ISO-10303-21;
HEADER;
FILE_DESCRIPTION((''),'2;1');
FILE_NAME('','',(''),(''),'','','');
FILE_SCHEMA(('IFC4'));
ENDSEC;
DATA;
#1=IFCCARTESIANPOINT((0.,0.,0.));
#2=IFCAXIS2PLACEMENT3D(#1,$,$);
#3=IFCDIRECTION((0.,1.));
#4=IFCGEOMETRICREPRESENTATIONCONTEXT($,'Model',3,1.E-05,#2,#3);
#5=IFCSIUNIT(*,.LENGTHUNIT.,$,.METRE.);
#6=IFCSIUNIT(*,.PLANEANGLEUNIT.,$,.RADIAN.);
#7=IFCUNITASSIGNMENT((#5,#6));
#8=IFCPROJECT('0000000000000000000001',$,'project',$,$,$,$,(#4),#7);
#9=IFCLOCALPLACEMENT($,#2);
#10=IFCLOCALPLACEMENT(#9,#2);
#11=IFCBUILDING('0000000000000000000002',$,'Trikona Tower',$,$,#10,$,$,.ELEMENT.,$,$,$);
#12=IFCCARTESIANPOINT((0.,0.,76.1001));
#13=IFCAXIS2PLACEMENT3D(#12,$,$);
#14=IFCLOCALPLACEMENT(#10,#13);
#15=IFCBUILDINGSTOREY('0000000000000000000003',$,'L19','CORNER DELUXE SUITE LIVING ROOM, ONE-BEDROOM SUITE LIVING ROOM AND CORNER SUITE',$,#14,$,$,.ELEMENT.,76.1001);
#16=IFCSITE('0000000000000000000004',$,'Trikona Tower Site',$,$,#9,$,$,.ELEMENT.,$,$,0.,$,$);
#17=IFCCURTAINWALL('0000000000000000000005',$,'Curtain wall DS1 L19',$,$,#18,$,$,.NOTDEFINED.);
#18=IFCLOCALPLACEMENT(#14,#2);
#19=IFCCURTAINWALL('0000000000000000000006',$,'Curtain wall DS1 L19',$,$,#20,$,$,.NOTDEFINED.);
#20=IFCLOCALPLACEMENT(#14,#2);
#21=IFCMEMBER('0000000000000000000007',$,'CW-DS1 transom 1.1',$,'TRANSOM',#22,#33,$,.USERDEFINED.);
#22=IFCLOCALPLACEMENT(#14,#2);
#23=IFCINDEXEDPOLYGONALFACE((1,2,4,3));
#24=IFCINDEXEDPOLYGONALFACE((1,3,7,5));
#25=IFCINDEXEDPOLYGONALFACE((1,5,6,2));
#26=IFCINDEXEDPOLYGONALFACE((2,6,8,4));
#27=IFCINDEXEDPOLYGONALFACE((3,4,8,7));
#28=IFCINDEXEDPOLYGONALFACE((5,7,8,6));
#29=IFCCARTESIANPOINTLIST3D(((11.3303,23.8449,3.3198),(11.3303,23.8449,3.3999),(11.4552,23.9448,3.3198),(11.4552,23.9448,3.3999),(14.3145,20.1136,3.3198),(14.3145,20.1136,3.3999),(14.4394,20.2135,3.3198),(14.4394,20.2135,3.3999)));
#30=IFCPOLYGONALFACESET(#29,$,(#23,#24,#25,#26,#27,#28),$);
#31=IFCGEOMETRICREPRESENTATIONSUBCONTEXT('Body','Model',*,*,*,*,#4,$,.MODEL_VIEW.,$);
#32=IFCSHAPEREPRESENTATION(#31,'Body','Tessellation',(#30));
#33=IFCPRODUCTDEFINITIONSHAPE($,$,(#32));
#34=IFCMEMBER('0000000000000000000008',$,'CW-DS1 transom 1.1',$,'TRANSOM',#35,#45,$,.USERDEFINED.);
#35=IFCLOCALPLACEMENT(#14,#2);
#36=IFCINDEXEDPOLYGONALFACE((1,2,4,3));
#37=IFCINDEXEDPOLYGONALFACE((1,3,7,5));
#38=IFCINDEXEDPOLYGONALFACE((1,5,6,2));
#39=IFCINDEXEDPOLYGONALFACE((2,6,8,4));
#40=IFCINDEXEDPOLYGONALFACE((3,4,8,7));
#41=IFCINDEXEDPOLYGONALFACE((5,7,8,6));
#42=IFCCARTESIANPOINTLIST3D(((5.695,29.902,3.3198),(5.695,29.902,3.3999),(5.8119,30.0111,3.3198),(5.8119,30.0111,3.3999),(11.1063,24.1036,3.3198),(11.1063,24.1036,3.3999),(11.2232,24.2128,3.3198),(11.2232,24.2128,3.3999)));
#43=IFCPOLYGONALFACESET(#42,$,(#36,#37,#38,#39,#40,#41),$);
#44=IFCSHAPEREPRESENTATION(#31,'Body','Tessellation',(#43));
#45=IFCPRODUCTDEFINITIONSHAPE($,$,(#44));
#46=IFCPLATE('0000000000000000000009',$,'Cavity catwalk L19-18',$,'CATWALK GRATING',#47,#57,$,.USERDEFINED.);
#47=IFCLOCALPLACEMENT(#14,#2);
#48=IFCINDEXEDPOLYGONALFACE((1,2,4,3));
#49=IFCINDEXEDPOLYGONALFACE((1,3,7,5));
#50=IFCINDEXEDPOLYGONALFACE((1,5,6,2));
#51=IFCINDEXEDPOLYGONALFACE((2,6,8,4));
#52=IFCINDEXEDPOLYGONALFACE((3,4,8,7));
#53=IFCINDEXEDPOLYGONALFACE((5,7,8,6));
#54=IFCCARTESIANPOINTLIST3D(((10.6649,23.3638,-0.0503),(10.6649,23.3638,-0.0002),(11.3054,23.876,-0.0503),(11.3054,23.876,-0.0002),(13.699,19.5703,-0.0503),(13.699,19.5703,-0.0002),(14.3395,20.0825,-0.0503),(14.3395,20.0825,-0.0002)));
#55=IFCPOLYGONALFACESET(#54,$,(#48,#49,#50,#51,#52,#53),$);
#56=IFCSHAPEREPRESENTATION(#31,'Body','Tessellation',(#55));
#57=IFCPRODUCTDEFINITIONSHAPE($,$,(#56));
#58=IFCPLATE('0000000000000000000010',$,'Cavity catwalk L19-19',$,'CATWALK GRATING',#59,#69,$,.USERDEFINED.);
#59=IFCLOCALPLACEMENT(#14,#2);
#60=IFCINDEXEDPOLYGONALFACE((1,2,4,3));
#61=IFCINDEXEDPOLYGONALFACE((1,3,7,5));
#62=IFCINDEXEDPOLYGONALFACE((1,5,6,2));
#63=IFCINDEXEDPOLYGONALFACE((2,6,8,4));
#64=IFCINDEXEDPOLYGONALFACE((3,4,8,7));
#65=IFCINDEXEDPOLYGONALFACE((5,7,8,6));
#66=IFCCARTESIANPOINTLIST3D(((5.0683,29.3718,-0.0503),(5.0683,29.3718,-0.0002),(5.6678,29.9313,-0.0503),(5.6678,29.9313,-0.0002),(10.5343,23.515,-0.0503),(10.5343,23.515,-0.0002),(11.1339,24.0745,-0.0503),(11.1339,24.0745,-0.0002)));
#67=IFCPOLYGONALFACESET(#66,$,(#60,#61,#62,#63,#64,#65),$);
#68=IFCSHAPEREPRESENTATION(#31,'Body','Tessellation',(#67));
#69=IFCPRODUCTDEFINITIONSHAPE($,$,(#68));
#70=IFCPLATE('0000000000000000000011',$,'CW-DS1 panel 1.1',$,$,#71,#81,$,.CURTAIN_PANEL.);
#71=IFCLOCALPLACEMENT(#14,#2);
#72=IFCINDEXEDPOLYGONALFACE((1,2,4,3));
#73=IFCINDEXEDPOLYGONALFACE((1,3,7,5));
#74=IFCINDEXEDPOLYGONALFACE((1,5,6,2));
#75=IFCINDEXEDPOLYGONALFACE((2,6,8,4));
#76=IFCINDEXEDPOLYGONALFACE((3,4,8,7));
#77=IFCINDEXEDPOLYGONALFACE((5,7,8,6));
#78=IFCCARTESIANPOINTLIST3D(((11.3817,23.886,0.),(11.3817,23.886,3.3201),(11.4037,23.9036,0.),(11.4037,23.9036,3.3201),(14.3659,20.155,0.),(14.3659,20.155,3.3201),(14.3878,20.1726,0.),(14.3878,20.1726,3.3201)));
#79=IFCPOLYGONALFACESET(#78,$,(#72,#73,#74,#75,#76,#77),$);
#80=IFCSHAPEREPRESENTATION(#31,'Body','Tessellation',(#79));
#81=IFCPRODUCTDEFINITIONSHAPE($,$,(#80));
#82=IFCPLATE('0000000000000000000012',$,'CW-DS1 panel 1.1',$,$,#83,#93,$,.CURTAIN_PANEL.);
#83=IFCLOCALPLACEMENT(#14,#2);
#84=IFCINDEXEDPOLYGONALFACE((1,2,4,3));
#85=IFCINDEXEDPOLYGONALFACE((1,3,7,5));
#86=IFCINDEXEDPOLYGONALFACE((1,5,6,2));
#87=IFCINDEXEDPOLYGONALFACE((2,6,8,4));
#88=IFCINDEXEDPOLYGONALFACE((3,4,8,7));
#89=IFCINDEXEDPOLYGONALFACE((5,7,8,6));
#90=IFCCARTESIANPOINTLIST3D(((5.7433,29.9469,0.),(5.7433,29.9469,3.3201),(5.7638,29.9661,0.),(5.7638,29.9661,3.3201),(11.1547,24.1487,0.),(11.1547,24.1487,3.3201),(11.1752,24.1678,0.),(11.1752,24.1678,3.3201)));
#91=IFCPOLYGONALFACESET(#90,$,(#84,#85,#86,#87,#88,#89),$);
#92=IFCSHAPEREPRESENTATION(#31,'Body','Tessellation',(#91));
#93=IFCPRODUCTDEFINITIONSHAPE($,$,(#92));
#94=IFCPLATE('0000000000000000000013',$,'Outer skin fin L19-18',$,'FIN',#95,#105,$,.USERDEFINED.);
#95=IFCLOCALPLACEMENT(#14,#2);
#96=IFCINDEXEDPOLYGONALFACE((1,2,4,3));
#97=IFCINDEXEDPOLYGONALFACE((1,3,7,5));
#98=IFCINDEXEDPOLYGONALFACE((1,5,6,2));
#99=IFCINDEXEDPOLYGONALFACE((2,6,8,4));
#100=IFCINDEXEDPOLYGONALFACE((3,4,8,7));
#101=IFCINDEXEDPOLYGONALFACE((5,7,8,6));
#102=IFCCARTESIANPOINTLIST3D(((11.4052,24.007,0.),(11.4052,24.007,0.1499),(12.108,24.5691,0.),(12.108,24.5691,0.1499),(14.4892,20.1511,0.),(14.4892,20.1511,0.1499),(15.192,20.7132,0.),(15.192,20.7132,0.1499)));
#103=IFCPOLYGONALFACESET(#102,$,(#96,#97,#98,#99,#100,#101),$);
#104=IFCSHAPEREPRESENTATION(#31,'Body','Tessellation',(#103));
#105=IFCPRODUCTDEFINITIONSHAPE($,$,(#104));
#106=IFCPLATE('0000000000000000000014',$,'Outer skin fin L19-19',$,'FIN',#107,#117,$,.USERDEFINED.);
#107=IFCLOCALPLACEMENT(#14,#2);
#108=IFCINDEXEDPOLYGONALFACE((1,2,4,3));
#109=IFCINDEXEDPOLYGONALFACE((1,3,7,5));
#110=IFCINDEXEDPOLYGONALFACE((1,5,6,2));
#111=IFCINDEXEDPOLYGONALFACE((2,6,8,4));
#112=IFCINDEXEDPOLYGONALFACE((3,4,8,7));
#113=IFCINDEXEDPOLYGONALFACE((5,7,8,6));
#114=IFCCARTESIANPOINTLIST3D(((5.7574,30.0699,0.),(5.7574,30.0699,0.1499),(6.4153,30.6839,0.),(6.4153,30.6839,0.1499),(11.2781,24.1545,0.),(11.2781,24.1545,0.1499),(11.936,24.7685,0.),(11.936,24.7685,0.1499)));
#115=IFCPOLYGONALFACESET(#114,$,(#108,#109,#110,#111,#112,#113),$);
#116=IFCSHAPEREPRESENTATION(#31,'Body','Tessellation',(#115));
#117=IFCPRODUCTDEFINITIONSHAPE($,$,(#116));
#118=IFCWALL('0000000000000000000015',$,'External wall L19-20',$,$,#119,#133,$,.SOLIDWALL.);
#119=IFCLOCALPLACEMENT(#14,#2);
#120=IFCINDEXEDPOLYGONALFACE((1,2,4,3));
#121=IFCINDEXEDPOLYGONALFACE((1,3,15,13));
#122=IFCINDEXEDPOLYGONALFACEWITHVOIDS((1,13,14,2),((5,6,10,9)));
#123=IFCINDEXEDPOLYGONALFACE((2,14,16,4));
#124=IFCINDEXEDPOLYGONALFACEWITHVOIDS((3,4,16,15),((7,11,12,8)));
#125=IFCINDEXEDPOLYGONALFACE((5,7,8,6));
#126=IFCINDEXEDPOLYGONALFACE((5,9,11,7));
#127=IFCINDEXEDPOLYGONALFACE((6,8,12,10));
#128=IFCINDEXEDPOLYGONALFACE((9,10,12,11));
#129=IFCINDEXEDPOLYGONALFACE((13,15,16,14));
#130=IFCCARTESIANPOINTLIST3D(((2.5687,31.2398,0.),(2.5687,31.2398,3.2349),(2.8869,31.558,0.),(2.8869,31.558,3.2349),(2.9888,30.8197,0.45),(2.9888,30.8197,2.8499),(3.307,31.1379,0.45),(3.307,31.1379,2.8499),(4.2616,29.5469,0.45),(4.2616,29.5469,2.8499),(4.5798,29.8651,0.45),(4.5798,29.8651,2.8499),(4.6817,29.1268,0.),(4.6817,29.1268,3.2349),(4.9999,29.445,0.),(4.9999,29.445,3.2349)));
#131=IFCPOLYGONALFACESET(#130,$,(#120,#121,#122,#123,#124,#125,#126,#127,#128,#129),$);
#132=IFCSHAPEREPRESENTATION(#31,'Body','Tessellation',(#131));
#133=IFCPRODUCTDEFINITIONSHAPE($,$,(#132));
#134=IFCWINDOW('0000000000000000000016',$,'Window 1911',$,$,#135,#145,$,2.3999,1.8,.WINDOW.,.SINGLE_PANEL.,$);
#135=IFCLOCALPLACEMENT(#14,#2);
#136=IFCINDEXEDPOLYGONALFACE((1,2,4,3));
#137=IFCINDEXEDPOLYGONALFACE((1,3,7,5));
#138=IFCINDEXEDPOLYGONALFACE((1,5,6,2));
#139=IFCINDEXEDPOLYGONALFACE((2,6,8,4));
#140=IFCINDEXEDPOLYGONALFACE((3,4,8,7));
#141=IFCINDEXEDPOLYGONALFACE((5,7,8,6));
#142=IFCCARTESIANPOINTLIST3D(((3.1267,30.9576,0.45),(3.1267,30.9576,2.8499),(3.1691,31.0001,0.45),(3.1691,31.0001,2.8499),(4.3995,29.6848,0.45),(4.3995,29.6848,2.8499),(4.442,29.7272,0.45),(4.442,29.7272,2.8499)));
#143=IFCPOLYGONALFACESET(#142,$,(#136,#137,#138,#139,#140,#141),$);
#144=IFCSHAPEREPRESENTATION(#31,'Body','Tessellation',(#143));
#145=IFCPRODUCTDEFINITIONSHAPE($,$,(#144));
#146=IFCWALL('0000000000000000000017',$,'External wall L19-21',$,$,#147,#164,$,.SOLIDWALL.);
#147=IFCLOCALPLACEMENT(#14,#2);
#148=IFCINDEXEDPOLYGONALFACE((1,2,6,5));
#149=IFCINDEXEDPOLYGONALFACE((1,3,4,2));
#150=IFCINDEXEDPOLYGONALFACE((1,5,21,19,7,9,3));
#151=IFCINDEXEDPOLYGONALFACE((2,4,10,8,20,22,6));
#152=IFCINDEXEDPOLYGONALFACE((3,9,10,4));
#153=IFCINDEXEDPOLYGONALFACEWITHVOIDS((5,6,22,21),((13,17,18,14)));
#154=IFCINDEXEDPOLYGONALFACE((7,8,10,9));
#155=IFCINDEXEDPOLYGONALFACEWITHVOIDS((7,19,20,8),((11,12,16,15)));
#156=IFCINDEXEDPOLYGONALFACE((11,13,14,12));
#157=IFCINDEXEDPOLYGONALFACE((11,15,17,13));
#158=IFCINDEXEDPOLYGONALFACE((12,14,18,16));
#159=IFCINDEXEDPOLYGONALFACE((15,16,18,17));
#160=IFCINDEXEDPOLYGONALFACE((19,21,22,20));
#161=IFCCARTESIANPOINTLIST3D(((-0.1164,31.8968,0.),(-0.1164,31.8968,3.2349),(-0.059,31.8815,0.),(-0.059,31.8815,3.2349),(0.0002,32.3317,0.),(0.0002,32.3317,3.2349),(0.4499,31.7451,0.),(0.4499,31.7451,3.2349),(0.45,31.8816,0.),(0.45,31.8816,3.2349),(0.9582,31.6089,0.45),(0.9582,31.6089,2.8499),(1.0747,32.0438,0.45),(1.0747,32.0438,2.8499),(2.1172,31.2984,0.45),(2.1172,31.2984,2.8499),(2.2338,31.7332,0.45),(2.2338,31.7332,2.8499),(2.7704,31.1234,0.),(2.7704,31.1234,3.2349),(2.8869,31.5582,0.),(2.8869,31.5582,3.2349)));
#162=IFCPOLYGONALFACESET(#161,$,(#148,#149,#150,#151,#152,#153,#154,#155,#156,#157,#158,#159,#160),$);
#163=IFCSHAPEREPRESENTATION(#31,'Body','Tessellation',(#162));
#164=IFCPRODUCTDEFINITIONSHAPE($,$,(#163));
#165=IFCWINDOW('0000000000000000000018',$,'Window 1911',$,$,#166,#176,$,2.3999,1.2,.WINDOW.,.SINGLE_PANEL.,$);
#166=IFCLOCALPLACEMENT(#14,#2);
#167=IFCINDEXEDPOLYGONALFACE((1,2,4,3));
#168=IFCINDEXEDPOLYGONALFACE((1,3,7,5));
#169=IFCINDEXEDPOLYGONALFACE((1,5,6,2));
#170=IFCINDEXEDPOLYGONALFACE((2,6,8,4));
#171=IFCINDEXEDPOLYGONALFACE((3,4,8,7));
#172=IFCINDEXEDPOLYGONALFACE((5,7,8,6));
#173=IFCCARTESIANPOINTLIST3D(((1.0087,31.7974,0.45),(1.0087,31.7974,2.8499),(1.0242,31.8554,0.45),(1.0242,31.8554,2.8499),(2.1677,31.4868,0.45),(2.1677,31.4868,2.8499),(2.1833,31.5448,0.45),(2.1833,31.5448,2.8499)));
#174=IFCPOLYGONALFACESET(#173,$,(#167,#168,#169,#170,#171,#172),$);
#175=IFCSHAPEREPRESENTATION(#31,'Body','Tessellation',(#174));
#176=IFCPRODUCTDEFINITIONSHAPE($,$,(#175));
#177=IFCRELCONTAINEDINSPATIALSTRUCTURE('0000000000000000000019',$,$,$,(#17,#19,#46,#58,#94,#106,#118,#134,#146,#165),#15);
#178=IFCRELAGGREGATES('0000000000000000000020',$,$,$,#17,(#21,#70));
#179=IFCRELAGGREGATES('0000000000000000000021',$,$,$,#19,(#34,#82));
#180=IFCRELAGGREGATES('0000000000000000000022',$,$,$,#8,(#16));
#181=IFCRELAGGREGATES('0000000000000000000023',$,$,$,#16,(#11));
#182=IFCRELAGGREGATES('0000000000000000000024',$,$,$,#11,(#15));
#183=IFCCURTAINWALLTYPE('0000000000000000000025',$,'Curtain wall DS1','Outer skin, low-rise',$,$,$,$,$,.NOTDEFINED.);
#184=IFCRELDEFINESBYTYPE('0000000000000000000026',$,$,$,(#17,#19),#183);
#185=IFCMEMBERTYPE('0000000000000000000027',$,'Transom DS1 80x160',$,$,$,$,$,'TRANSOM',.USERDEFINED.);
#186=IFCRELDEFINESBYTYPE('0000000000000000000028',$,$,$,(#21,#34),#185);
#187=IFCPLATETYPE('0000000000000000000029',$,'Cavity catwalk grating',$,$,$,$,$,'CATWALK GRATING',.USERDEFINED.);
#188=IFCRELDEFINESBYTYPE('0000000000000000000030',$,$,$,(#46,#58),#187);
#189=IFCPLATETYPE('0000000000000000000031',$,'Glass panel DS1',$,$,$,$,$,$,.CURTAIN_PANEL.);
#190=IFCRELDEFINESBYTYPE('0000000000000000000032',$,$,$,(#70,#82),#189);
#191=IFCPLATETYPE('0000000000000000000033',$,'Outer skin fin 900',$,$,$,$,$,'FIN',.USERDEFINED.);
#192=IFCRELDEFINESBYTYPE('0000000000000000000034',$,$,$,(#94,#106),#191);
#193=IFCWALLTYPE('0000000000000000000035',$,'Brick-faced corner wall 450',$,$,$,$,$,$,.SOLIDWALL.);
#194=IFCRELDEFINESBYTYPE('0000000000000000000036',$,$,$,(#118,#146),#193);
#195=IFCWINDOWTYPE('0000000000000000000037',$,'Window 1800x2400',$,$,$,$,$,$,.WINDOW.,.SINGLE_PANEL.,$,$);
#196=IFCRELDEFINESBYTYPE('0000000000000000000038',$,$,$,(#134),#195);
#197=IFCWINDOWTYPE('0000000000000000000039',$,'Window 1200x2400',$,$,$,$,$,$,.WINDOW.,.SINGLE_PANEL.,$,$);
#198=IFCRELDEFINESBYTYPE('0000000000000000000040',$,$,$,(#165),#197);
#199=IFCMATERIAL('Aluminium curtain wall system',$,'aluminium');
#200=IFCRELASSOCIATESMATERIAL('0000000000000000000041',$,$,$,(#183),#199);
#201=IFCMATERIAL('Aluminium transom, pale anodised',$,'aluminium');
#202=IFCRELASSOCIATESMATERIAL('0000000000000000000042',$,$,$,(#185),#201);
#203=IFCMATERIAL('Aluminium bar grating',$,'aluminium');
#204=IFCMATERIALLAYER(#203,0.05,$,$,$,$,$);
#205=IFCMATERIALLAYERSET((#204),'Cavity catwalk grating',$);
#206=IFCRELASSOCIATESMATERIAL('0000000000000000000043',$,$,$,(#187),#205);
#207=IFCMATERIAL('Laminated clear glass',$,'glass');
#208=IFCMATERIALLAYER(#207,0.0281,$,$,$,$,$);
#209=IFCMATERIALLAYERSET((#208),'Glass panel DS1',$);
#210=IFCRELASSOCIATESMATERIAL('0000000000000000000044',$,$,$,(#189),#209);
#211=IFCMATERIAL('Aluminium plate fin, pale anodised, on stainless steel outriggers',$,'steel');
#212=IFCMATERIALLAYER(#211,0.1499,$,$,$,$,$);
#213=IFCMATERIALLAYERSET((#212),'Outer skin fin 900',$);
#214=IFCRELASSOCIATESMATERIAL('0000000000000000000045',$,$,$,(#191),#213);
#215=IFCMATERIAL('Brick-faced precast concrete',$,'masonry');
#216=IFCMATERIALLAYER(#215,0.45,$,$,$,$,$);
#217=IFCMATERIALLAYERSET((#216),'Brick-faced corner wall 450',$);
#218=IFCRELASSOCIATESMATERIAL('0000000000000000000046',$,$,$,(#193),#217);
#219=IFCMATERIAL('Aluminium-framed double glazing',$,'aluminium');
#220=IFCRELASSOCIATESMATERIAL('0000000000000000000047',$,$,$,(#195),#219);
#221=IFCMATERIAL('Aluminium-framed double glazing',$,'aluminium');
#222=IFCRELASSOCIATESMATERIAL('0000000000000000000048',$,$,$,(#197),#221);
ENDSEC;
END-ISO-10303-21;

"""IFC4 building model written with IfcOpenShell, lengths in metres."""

from ifc_helpers import new_model, si_unit, direction, frame, frame_2d, origin, origin_2d, place, context, subcontext, project, spatial, polyline, rectangle, outline, extrude, material, layer, layer_set, material_profile, profile_set, type_object, element, fill, aggregate, save


model = new_model("IFC4")

# Units and contexts
model_context = context("Model", 3, precision=1e-05, world=origin(), true_north=direction((0.0, 1.0)))
body_context = subcontext(model_context, "Body", "Model", "MODEL_VIEW")
ifc_project = project(units=[si_unit("LENGTHUNIT", "METRE"), si_unit("PLANEANGLEUNIT", "RADIAN")], contexts=[model_context])

# Site, building, storey
site_placement = place(None, origin())
site = spatial("IfcSite", under=ifc_project, at=site_placement, Name="Trikona Tower Site", CompositionType="ELEMENT", RefElevation=0.0)
building_placement = place(site_placement, origin())
building = spatial("IfcBuilding", under=site, at=building_placement, Name="Trikona Tower", CompositionType="ELEMENT")
storey_placement = place(building_placement, frame((0.0, 0.0, 76.1001)))
storey = spatial("IfcBuildingStorey", under=building, at=storey_placement, Name="L19", Description="CORNER DELUXE SUITE LIVING ROOM, ONE-BEDROOM SUITE LIVING ROOM AND CORNER SUITE", CompositionType="ELEMENT", Elevation=76.1001)

# Shared definitions
ifc_material_1 = material(Name="Aluminium curtain wall system", Category="aluminium")
curtain_wall_type = type_object("IfcCurtainWallType", Name="Curtain wall DS1", Description="Outer skin, low-rise", PredefinedType="NOTDEFINED", material=ifc_material_1)

# Curtain walls
curtain_wall_1_placement = place(storey_placement, origin())
curtain_wall_1 = element("IfcCurtainWall", 1, at=curtain_wall_1_placement, inside=storey, type_object=curtain_wall_type, Name="Curtain wall DS1 L19", PredefinedType="NOTDEFINED")
curtain_wall_2_placement = place(storey_placement, origin())
curtain_wall_2 = element("IfcCurtainWall", 2, at=curtain_wall_2_placement, inside=storey, type_object=curtain_wall_type, Name="Curtain wall DS1 L19", PredefinedType="NOTDEFINED")

# Members
ifc_material_2 = material(Name="Aluminium transom, pale anodised", Category="aluminium")
ifc_material_profile_1 = material_profile(ifc_material_2, rectangle(XDim=0.1599, YDim=0.0801, at=origin_2d()), Name="TRN-DS1")
ifc_profile_set_1 = profile_set([ifc_material_profile_1], Name="Aluminium transom, pale anodised")
member_type_1 = type_object("IfcMemberType", Name="Transom DS1 80x160", ElementType="TRANSOM", PredefinedType="USERDEFINED", material=ifc_profile_set_1)
member_1_placement = place(storey_placement, frame((14.377, 20.1636, 3.3599), z_axis=(-0.624589, 0.780954, 0.0), x_axis=(-0.780954, -0.624589, 0.0)))
member_1 = element("IfcMember", 3, at=member_1_placement, type_object=member_type_1, Name="CW-DS1 transom 1.1", ObjectType="TRANSOM", PredefinedType="USERDEFINED", context=body_context, shape_type="SweptSolid", body=[
    extrude(rectangle(XDim=0.1599, YDim=0.0801, at=origin_2d()), origin(), (0.0, 0.0, 1.0), 4.7778),
])
member_2_placement = place(storey_placement, frame((11.1648, 24.1582, 3.3599), z_axis=(-0.682291, 0.731081, 0.0), x_axis=(-0.731081, -0.682291, 0.0)))
member_2 = element("IfcMember", 4, at=member_2_placement, type_object=member_type_1, Name="CW-DS1 transom 1.1", ObjectType="TRANSOM", PredefinedType="USERDEFINED", context=body_context, shape_type="SweptSolid", body=[
    extrude(rectangle(XDim=0.1599, YDim=0.0801, at=origin_2d()), origin(), (0.0, 0.0, 1.0), 7.9312),
])

# Plates
ifc_material_3 = material(Name="Aluminium bar grating", Category="aluminium")
ifc_layer_1 = layer(ifc_material_3, 0.05)
ifc_layer_set_1 = layer_set([ifc_layer_1], Name="Cavity catwalk grating")
plate_type_1 = type_object("IfcPlateType", Name="Cavity catwalk grating", ElementType="CATWALK GRATING", PredefinedType="USERDEFINED", material=ifc_layer_set_1)
plate_1_placement = place(storey_placement, frame((12.5022, 21.7231, -0.0503), z_axis=(0.0, 0.0, 1.0), x_axis=(-0.624604, 0.780942, 0.0)))
element("IfcPlate", 5, at=plate_1_placement, inside=storey, type_object=plate_type_1, Name="Cavity catwalk L19-18", ObjectType="CATWALK GRATING", PredefinedType="USERDEFINED", context=body_context, shape_type="SweptSolid", body=[
    extrude(rectangle(XDim=4.8577, YDim=0.8201, at=origin_2d()), origin(), (0.0, 0.0, 1.0), 0.05),
])
plate_2_placement = place(storey_placement, frame((8.1011, 26.7231, -0.0503), z_axis=(0.0, 0.0, 1.0), x_axis=(-0.682298, 0.731074, 0.0)))
element("IfcPlate", 6, at=plate_2_placement, inside=storey, type_object=plate_type_1, Name="Cavity catwalk L19-19", ObjectType="CATWALK GRATING", PredefinedType="USERDEFINED", context=body_context, shape_type="SweptSolid", body=[
    extrude(rectangle(XDim=8.0112, YDim=0.8201, at=origin_2d()), origin(), (0.0, 0.0, 1.0), 0.05),
])

# Plates
ifc_material_4 = material(Name="Laminated clear glass", Category="glass")
ifc_layer_2 = layer(ifc_material_4, 0.0281)
ifc_layer_set_2 = layer_set([ifc_layer_2], Name="Glass panel DS1")
plate_type_2 = type_object("IfcPlateType", Name="Glass panel DS1", PredefinedType="CURTAIN_PANEL", material=ifc_layer_set_2)
plate_3_placement = place(storey_placement, frame((12.8848, 22.0293, 0.0), z_axis=(0.0, 0.0, 1.0), x_axis=(-0.624609, 0.780938, 0.0)))
plate_3 = element("IfcPlate", 7, at=plate_3_placement, type_object=plate_type_2, Name="CW-DS1 panel 1.1", PredefinedType="CURTAIN_PANEL", context=body_context, shape_type="SweptSolid", body=[
    extrude(rectangle(XDim=4.7776, YDim=0.0281, at=origin_2d()), origin(), (0.0, 0.0, 1.0), 3.3201),
])
aggregate(curtain_wall_1, [member_1, plate_3])
plate_4_placement = place(storey_placement, frame((8.4592, 27.0574, 0.0), z_axis=(0.0, 0.0, 1.0), x_axis=(-0.682295, 0.731077, 0.0)))
plate_4 = element("IfcPlate", 8, at=plate_4_placement, type_object=plate_type_2, Name="CW-DS1 panel 1.1", PredefinedType="CURTAIN_PANEL", context=body_context, shape_type="SweptSolid", body=[
    extrude(rectangle(XDim=7.9312, YDim=0.0281, at=origin_2d()), origin(), (0.0, 0.0, 1.0), 3.3201),
])
aggregate(curtain_wall_2, [member_2, plate_4])

# Plates
ifc_material_5 = material(Name="Aluminium plate fin, pale anodised, on stainless steel outriggers", Category="steel")
ifc_layer_3 = layer(ifc_material_5, 0.1499)
ifc_layer_set_3 = layer_set([ifc_layer_3], Name="Outer skin fin 900")
plate_type_3 = type_object("IfcPlateType", Name="Outer skin fin 900", ElementType="FIN", PredefinedType="USERDEFINED", material=ifc_layer_set_3)
plate_5_placement = place(storey_placement, frame((13.2986, 22.3601, 0.0), z_axis=(0.0, 0.0, 1.0), x_axis=(-0.624604, 0.780942, 0.0)))
element("IfcPlate", 9, at=plate_5_placement, inside=storey, type_object=plate_type_3, Name="Outer skin fin L19-18", ObjectType="FIN", PredefinedType="USERDEFINED", context=body_context, shape_type="SweptSolid", body=[
    extrude(rectangle(XDim=4.9375, YDim=0.8999, at=origin_2d()), origin(), (0.0, 0.0, 1.0), 0.1499),
])
plate_6_placement = place(storey_placement, frame((8.8467, 27.4192, 0.0), z_axis=(0.0, 0.0, 1.0), x_axis=(-0.682298, 0.731074, 0.0)))
element("IfcPlate", 10, at=plate_6_placement, inside=storey, type_object=plate_type_3, Name="Outer skin fin L19-19", ObjectType="FIN", PredefinedType="USERDEFINED", context=body_context, shape_type="SweptSolid", body=[
    extrude(rectangle(XDim=8.0913, YDim=0.8999, at=origin_2d()), origin(), (0.0, 0.0, 1.0), 0.1499),
])

# Walls, openings, windows
ifc_material_6 = material(Name="Brick-faced precast concrete", Category="masonry")
ifc_layer_4 = layer(ifc_material_6, 0.45)
ifc_layer_set_4 = layer_set([ifc_layer_4], Name="Brick-faced corner wall 450")
wall_type_1 = type_object("IfcWallType", Name="Brick-faced corner wall 450", PredefinedType="SOLIDWALL", material=ifc_layer_set_4)
wall_1_placement = place(storey_placement, frame((4.8408, 29.2859, 0.0), z_axis=(0.0, 0.0, 1.0), x_axis=(-0.707107, 0.707107, 0.0)))
wall_1 = element("IfcWall", 11, at=wall_1_placement, inside=storey, type_object=wall_type_1, Name="External wall L19-20", PredefinedType="SOLIDWALL", context=body_context, shape_type="SweptSolid", body=[
    extrude(rectangle(XDim=2.9883, YDim=0.45, at=frame_2d((1.4941, 0.0))), origin(), (0.0, 0.0, 1.0), 3.2349),
])
opening_1_placement = place(wall_1_placement, frame((0.5942, 0.0, 0.45)))
opening_1 = element("IfcOpeningElement", 12, at=opening_1_placement, cuts=wall_1, PredefinedType="OPENING", context=body_context, shape_type="SweptSolid", body=[
    extrude(rectangle(XDim=1.8, YDim=2.3999, at=frame_2d((0.8999, 1.2))), frame((0.0, 0.2349, 0.0), z_axis=(0.0, -1.0, 0.0), x_axis=(1.0, 0.0, 0.0)), (0.0, 0.0, 1.0), 0.47),
])
ifc_material_7 = material(Name="Aluminium-framed double glazing", Category="aluminium")
window_type_1 = type_object("IfcWindowType", Name="Window 1800x2400", PartitioningType="SINGLE_PANEL", PredefinedType="WINDOW", material=ifc_material_7)
window_1_placement = place(opening_1_placement, origin())
window_1 = element("IfcWindow", 13, at=window_1_placement, inside=storey, type_object=window_type_1, Name="Window 1911", OverallHeight=2.3999, OverallWidth=1.8, PartitioningType="SINGLE_PANEL", PredefinedType="WINDOW", context=body_context, shape_type="SweptSolid", body=[
    extrude(rectangle(XDim=1.8, YDim=2.3999, at=frame_2d((0.8999, 1.2))), frame((0.0, 0.03, 0.0), z_axis=(0.0, -1.0, 0.0), x_axis=(1.0, 0.0, 0.0)), (0.0, 0.0, 1.0), 0.0601),
])
fill(opening_1, window_1)
wall_2_placement = place(storey_placement, frame((2.8286, 31.3408, 0.0), z_axis=(0.0, 0.0, 1.0), x_axis=(-0.965931, 0.258801, 0.0)))
wall_2 = element("IfcWall", 14, at=wall_2_placement, inside=storey, type_object=wall_type_1, Name="External wall L19-21", PredefinedType="SOLIDWALL", context=body_context, shape_type="SweptSolid", body=[
    extrude(outline(polyline([(2.9885, 0.2251), (2.9292, 0.2251), (2.4375, 0.0933), (2.4023, 0.2251), (0.0, 0.2251), (0.0, -0.2251), (2.9885, -0.2251), (2.9885, 0.2251)])), origin(), (0.0, 0.0, 1.0), 3.2349),
])
opening_2_placement = place(wall_2_placement, frame((0.676, 0.0, 0.45)))
opening_2 = element("IfcOpeningElement", 15, at=opening_2_placement, cuts=wall_2, PredefinedType="OPENING", context=body_context, shape_type="SweptSolid", body=[
    extrude(rectangle(XDim=1.2, YDim=2.3999, at=frame_2d((0.6001, 1.2))), frame((0.0, 0.2349, 0.0), z_axis=(0.0, -1.0, 0.0), x_axis=(1.0, 0.0, 0.0)), (0.0, 0.0, 1.0), 0.47),
])
ifc_material_8 = material(Name="Aluminium-framed double glazing", Category="aluminium")
window_type_2 = type_object("IfcWindowType", Name="Window 1200x2400", PartitioningType="SINGLE_PANEL", PredefinedType="WINDOW", material=ifc_material_8)
window_2_placement = place(opening_2_placement, origin())
window_2 = element("IfcWindow", 16, at=window_2_placement, inside=storey, type_object=window_type_2, Name="Window 1911", OverallHeight=2.3999, OverallWidth=1.2, PartitioningType="SINGLE_PANEL", PredefinedType="WINDOW", context=body_context, shape_type="SweptSolid", body=[
    extrude(rectangle(XDim=1.2, YDim=2.3999, at=frame_2d((0.6001, 1.2))), frame((0.0, 0.03, 0.0), z_axis=(0.0, -1.0, 0.0), x_axis=(1.0, 0.0, 0.0)), (0.0, 0.0, 1.0), 0.0601),
])
fill(opening_2, window_2)

save(model, "model.ifc")
